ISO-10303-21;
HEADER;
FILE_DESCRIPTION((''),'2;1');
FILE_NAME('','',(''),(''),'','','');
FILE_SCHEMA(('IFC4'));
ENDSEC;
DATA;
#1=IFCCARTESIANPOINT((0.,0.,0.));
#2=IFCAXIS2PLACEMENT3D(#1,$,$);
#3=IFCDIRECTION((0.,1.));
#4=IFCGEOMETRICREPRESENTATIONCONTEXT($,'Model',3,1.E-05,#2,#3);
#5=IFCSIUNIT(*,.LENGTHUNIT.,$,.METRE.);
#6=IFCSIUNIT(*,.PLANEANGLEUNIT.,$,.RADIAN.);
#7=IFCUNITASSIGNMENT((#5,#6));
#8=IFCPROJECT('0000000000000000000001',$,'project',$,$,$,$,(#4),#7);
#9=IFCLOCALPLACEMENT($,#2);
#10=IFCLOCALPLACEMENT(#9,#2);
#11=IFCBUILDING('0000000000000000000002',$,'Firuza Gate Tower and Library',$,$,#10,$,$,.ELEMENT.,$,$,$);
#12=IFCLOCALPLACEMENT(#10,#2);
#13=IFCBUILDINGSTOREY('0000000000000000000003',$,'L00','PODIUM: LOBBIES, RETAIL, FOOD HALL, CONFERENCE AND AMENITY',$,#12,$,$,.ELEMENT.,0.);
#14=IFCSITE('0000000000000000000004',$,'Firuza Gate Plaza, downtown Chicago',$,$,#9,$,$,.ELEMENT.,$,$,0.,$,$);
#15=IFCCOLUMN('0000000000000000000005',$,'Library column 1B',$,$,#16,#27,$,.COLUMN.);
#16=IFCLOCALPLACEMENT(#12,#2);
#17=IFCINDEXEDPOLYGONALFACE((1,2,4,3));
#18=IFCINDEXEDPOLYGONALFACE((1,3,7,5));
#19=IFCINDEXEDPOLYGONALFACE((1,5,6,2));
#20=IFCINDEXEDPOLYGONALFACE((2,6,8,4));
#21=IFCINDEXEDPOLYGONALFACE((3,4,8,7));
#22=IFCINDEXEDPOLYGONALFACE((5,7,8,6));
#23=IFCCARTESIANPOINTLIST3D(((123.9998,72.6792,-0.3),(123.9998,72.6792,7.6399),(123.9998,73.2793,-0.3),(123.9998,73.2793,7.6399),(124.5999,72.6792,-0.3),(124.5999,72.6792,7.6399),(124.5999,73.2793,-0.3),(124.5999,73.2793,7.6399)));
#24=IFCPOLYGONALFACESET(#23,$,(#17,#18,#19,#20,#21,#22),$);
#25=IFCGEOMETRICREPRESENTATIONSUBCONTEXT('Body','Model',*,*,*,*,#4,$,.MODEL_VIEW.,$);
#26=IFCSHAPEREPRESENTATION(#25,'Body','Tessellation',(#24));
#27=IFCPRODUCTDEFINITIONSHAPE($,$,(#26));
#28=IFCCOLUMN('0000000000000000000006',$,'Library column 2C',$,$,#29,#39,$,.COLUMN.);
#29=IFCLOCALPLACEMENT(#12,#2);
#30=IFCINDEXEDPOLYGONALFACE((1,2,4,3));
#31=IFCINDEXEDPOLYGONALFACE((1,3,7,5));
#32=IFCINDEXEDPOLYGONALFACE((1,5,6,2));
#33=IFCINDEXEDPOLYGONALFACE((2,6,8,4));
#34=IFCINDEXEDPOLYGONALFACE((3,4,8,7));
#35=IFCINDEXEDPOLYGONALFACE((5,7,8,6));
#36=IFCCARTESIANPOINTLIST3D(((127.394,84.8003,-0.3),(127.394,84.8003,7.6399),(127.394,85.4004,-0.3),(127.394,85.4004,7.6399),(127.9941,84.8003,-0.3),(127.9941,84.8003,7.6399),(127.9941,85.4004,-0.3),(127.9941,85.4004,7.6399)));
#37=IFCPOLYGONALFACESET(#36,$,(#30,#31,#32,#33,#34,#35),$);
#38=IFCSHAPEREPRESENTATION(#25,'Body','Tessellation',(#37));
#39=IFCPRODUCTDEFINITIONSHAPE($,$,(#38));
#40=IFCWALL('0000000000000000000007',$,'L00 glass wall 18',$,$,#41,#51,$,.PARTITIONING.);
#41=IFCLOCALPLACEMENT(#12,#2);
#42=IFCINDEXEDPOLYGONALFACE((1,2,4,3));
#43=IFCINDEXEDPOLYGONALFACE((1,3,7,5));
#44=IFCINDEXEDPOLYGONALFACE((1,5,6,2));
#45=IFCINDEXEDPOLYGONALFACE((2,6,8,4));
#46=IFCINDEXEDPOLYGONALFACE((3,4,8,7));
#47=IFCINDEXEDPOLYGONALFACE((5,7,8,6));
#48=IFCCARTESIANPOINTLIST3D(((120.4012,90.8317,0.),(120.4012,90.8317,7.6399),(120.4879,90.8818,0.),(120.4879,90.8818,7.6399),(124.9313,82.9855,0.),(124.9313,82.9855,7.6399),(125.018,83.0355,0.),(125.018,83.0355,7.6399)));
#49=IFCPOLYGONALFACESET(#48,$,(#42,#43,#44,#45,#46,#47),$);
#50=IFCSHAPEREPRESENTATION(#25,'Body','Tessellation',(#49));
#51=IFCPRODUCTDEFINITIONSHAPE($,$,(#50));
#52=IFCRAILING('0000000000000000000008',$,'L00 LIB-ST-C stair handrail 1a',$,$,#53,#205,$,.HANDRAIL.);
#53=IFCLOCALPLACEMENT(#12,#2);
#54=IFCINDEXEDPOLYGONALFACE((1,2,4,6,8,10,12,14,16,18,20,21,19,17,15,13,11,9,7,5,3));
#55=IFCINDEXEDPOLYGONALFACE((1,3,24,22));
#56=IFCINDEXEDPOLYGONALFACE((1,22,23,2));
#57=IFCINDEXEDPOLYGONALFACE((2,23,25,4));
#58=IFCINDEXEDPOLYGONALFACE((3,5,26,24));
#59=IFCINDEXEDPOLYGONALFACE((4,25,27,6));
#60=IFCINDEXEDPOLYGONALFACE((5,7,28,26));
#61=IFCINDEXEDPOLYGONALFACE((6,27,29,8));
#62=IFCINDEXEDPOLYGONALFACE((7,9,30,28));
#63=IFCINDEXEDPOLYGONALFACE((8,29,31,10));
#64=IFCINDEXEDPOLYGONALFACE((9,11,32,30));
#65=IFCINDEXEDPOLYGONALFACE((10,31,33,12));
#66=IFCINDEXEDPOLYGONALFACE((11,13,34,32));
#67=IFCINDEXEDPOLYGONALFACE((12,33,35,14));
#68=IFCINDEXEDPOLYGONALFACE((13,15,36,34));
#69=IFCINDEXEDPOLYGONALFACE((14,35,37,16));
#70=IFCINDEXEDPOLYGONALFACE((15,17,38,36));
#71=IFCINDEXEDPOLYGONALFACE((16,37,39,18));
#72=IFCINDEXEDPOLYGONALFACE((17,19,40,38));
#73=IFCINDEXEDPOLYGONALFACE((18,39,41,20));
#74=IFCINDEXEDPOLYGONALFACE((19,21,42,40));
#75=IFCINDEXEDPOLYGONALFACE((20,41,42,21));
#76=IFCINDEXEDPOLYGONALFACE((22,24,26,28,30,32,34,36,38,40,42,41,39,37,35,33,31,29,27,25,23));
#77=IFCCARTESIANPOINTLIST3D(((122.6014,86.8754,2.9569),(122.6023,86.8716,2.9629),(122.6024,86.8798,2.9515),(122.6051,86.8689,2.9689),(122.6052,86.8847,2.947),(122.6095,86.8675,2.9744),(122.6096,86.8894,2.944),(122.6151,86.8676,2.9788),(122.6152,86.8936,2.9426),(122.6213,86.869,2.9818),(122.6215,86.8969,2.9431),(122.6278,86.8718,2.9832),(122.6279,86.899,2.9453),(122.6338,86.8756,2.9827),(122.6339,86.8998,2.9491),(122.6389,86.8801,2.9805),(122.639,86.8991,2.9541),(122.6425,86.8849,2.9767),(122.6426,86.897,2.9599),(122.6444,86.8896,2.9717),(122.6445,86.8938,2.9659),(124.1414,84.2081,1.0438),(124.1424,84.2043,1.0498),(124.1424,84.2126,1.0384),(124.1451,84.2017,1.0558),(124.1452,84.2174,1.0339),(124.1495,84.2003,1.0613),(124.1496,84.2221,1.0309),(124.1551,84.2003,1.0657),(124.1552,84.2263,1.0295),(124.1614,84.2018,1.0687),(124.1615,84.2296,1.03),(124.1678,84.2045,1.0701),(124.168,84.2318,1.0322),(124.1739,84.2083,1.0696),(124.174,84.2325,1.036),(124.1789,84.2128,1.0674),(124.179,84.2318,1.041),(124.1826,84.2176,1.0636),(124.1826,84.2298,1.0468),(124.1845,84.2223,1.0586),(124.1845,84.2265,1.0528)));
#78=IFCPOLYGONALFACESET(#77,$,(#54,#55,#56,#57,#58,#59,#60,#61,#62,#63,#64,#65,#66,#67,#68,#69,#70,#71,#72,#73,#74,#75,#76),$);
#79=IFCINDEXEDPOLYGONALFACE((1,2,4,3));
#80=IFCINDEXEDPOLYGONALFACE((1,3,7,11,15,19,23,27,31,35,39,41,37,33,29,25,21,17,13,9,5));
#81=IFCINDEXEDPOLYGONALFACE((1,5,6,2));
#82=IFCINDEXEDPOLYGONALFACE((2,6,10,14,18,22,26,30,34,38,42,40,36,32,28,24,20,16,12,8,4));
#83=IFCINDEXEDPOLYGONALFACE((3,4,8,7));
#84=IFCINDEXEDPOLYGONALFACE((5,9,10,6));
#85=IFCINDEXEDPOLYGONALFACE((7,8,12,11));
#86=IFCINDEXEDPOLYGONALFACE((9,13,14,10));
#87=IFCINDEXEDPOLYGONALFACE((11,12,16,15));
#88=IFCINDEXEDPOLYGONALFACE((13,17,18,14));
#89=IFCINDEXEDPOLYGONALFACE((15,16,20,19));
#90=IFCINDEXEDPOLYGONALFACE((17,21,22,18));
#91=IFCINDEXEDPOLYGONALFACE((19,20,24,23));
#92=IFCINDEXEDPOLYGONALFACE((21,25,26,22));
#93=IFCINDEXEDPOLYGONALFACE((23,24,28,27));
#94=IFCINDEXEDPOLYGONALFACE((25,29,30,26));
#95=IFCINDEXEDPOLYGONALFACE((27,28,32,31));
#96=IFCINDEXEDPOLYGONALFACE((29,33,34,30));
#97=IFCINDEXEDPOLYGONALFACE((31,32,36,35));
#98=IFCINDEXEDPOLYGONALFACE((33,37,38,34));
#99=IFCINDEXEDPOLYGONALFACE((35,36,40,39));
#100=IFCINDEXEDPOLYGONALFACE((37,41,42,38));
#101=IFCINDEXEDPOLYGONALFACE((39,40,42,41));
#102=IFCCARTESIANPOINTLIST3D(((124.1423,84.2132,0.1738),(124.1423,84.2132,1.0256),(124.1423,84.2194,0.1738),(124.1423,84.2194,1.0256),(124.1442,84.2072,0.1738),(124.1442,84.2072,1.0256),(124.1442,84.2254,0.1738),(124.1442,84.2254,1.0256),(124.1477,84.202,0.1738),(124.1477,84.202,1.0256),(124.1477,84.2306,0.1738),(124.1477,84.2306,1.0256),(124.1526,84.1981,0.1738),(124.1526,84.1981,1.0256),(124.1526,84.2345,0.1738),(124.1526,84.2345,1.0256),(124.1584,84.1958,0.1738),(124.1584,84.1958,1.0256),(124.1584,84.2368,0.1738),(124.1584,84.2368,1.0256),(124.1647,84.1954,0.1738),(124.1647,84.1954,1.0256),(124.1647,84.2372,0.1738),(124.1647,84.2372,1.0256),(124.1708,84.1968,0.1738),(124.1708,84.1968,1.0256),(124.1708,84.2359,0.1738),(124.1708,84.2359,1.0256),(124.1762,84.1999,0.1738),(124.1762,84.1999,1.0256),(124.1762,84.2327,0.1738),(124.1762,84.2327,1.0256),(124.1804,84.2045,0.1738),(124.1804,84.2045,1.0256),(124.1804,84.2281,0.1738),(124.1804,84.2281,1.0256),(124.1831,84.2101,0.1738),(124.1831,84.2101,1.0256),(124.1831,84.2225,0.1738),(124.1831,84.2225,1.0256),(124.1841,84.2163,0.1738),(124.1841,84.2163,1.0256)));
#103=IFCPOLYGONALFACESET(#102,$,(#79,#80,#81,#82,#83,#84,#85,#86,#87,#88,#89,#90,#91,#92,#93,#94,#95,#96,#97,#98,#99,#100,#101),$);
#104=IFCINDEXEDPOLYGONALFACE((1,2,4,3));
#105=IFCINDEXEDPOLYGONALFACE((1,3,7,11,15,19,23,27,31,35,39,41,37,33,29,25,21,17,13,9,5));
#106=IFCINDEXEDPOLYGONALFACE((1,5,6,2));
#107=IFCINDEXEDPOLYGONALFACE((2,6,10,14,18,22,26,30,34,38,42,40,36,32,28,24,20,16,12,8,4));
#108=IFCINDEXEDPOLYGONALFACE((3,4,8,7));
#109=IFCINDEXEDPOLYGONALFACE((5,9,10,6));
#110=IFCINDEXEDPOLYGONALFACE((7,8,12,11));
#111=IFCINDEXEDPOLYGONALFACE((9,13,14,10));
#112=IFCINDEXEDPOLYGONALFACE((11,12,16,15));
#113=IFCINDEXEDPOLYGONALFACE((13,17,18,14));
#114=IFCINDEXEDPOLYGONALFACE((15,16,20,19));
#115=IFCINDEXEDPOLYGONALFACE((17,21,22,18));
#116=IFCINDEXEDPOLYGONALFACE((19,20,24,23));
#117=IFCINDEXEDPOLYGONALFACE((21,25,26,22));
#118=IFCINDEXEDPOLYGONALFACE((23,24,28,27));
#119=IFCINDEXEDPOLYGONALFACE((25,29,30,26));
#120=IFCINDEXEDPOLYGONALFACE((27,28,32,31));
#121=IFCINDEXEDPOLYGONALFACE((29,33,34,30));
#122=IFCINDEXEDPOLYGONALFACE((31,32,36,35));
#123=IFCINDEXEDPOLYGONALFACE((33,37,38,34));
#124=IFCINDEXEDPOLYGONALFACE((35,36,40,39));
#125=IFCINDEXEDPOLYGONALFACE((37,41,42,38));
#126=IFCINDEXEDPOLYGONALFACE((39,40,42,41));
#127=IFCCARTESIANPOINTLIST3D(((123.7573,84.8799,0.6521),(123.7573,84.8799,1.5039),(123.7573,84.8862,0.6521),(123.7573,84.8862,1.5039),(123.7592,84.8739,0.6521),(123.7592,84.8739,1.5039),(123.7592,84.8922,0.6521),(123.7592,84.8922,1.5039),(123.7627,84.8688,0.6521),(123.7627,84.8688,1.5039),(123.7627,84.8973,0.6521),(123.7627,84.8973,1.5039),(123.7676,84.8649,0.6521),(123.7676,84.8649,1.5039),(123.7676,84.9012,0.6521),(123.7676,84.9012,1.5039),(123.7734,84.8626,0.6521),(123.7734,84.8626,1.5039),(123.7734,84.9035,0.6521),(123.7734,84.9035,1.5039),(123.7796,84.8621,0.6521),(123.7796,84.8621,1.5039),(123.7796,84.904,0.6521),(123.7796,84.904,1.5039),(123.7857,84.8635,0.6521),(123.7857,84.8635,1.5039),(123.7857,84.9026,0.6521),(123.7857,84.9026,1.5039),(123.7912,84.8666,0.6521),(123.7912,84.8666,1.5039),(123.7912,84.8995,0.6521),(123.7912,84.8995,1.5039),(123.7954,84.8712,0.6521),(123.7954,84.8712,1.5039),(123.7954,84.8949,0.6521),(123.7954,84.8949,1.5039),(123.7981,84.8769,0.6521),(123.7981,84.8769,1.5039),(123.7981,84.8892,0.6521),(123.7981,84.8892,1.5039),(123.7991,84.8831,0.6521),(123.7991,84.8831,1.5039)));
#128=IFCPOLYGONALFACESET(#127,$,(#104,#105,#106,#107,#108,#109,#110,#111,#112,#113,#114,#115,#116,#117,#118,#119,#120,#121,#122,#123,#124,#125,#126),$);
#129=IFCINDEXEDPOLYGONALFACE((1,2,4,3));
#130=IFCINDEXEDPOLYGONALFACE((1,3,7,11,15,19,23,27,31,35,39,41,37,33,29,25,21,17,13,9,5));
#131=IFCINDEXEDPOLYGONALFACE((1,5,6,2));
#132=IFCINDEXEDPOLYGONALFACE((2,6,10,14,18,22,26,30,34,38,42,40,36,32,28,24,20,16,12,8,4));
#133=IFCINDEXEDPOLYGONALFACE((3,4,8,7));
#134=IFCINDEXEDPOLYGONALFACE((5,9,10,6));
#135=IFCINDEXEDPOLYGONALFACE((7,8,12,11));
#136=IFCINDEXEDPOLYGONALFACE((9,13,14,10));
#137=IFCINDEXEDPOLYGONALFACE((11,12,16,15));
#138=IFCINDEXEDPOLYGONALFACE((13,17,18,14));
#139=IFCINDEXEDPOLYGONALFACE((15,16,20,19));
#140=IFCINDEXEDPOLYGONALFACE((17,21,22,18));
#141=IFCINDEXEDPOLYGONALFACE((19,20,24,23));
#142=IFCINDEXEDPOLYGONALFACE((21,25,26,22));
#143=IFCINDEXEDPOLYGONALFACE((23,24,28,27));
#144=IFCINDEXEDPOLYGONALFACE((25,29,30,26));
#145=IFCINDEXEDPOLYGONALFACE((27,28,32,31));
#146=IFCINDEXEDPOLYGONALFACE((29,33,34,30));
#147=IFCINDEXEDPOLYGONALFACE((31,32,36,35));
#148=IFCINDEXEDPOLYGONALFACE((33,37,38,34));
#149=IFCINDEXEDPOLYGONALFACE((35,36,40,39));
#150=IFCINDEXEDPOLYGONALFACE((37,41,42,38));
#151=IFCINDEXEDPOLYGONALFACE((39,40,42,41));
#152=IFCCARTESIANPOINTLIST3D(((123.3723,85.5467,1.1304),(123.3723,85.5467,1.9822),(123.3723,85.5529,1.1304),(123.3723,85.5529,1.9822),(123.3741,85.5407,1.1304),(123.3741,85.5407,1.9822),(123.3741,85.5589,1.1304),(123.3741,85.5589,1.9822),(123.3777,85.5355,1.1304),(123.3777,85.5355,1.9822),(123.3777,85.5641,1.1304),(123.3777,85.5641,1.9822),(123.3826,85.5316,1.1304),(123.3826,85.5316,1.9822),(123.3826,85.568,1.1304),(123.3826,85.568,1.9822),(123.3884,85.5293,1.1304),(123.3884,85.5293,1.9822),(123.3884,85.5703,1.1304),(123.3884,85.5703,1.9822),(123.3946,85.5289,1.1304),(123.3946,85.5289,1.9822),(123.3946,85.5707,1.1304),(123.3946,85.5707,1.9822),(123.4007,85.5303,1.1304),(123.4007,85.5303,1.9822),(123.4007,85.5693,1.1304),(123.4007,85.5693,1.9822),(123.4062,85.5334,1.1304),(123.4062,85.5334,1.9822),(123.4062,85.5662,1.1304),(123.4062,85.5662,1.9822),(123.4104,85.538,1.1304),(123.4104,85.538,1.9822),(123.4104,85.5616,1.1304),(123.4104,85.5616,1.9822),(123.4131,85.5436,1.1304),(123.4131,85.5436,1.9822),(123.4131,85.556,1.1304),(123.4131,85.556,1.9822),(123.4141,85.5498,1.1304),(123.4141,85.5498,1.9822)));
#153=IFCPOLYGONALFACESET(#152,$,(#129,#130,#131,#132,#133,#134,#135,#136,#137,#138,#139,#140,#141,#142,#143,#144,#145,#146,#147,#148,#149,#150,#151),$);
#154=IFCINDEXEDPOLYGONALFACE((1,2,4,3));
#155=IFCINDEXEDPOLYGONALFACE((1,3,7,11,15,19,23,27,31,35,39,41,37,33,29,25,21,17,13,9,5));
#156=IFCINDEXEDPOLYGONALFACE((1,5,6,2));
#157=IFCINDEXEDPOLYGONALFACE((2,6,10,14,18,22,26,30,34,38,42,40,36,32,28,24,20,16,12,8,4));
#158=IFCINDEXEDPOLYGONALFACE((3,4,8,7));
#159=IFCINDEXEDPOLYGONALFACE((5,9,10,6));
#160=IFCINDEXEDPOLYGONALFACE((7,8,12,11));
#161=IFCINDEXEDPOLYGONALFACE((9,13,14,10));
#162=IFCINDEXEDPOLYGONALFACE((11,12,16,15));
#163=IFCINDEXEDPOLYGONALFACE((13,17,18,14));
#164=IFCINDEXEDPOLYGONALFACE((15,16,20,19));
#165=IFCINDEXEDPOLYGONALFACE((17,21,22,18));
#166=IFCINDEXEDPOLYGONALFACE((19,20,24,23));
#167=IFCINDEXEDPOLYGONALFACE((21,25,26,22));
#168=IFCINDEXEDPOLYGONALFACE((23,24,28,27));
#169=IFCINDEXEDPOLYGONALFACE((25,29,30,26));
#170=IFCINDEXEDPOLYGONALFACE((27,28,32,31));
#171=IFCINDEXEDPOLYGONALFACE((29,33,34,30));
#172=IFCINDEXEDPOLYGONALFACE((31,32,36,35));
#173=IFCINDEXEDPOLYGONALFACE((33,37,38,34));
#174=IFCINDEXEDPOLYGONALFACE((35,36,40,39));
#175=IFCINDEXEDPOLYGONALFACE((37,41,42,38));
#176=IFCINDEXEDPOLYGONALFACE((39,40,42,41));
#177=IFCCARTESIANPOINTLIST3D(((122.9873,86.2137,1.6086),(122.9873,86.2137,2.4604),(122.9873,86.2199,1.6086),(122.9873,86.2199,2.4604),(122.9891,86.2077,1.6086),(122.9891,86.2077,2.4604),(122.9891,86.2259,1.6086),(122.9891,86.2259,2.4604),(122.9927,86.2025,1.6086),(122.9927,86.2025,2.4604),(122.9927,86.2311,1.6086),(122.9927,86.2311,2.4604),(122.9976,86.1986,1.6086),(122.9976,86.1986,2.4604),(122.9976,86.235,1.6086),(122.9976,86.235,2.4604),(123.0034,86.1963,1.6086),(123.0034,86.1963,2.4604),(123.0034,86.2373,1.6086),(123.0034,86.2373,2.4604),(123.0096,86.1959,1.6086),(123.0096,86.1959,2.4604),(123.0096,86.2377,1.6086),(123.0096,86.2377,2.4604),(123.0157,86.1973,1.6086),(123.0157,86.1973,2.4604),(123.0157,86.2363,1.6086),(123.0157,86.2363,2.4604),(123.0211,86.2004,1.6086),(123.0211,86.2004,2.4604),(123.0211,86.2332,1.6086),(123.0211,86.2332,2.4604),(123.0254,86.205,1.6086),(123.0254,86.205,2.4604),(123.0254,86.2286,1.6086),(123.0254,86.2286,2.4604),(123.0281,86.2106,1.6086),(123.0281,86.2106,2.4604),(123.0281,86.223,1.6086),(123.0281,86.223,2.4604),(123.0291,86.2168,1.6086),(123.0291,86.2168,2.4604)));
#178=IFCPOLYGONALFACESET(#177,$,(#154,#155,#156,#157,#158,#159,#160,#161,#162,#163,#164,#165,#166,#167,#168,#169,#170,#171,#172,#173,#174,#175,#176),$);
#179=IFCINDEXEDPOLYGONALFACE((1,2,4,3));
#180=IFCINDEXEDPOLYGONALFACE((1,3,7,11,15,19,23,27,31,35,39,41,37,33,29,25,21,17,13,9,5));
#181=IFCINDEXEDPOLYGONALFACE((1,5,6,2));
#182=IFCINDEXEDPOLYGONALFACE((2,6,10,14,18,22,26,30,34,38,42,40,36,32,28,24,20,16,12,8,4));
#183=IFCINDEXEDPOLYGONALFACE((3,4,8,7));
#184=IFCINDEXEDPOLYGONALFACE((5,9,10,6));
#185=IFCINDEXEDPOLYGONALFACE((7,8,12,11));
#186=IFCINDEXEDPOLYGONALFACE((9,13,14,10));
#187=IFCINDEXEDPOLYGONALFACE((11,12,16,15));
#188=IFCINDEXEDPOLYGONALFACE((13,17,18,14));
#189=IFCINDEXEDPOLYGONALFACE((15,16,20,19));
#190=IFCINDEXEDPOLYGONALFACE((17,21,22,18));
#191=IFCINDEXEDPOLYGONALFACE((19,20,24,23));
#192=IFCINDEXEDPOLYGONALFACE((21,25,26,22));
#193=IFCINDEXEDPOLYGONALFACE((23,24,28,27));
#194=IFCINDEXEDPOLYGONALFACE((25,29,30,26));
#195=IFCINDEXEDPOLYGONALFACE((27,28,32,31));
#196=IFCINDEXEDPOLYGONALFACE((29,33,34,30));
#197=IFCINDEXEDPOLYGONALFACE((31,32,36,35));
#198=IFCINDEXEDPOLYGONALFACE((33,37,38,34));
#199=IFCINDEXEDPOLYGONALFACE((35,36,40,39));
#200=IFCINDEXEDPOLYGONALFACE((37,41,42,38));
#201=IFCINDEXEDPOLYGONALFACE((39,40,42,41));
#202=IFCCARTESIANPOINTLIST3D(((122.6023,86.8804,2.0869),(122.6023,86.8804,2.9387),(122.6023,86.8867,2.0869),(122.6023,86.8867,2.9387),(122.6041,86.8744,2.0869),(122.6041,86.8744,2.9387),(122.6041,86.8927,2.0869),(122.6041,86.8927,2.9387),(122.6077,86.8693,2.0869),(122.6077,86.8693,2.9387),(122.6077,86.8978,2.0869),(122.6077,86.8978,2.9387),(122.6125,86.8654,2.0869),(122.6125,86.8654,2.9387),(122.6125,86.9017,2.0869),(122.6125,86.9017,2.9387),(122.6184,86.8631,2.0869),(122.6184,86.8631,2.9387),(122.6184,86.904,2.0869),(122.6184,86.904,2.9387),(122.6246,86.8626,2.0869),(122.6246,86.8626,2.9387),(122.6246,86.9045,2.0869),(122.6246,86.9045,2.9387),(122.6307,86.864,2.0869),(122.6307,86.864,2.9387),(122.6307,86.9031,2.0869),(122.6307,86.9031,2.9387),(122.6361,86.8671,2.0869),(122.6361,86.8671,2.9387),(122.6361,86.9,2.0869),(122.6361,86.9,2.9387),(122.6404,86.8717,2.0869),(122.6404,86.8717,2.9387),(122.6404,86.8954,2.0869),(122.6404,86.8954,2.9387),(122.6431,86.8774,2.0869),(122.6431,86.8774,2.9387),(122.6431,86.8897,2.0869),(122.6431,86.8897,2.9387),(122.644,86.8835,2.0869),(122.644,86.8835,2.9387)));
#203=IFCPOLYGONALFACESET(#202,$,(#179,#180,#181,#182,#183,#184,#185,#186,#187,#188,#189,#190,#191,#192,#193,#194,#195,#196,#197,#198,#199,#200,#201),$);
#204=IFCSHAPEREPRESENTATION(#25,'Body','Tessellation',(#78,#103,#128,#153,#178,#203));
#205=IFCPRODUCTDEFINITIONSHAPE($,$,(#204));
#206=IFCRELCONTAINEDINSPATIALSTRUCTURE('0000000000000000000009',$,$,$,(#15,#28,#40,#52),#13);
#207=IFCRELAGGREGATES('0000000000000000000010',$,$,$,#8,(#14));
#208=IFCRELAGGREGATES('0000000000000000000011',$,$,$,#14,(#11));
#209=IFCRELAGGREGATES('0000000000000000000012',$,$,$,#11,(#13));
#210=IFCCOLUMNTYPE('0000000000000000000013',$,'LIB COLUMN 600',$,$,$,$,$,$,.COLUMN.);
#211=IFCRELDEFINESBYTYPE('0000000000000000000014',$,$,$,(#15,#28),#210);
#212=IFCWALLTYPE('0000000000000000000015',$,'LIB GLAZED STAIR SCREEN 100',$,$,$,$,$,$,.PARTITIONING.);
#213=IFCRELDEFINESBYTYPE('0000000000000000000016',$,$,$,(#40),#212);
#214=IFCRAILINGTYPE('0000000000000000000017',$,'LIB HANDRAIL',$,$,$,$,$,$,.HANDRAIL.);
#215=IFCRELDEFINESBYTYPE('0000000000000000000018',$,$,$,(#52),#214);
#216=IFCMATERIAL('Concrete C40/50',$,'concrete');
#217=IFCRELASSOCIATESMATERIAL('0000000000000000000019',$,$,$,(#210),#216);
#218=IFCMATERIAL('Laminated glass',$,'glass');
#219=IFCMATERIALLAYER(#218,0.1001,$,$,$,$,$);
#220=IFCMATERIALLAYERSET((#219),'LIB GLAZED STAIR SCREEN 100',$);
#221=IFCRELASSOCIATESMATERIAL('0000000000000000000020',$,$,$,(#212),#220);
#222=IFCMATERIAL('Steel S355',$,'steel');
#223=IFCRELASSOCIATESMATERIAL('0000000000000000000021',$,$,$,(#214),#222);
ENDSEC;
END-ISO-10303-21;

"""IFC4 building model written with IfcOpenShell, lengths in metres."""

from ifc_helpers import new_model, si_unit, direction, frame, frame_2d, origin, origin_2d, place, context, subcontext, project, spatial, rectangle, circle, extrude, material, layer, layer_set, material_profile, profile_set, type_object, element, save


model = new_model("IFC4")

# Units and contexts
model_context = context("Model", 3, precision=1e-05, world=origin(), true_north=direction((0.0, 1.0)))
body_context = subcontext(model_context, "Body", "Model", "MODEL_VIEW")
ifc_project = project(units=[si_unit("LENGTHUNIT", "METRE"), si_unit("PLANEANGLEUNIT", "RADIAN")], contexts=[model_context])

# Site, building, storey
site_placement = place(None, origin())
site = spatial("IfcSite", under=ifc_project, at=site_placement, Name="Firuza Gate Plaza, downtown Chicago", CompositionType="ELEMENT", RefElevation=0.0)
building_placement = place(site_placement, origin())
building = spatial("IfcBuilding", under=site, at=building_placement, Name="Firuza Gate Tower and Library", CompositionType="ELEMENT")
storey_placement = place(building_placement, origin())
storey = spatial("IfcBuildingStorey", under=building, at=storey_placement, Name="L00", Description="PODIUM: LOBBIES, RETAIL, FOOD HALL, CONFERENCE AND AMENITY", CompositionType="ELEMENT", Elevation=0.0)

# Columns
ifc_material_1 = material(Name="Concrete C40/50", Category="concrete")
ifc_material_profile = material_profile(ifc_material_1, rectangle(XDim=0.6001, YDim=0.6001, at=origin_2d()))
ifc_profile_set = profile_set([ifc_material_profile], Name="Concrete C40/50")
column_type = type_object("IfcColumnType", Name="LIB COLUMN 600", PredefinedType="COLUMN", material=ifc_profile_set)
for number, where, z_axis, x_axis, name in (
    (1, (124.2998, 72.9792, -0.3), (0.0, 0.0, 1.0), (1.0, 0.0, 0.0), "Library column 1B"),
    (2, (127.6941, 85.1003, -0.3), (0.0, 0.0, 1.0), (1.0, 0.0, 0.0), "Library column 2C"),
):
    element("IfcColumn", number, at=place(storey_placement, frame(where, z_axis=z_axis, x_axis=x_axis)), inside=storey, type_object=column_type, Name=name, PredefinedType="COLUMN", context=body_context, shape_type="SweptSolid", body=[
        extrude(rectangle(XDim=0.6001, YDim=0.6001, at=origin_2d()), origin(), (0.0, 0.0, 1.0), 7.9399),
    ])

# Wall
ifc_material_2 = material(Name="Laminated glass", Category="glass")
ifc_layer_1 = layer(ifc_material_2, 0.1001)
ifc_layer_set_1 = layer_set([ifc_layer_1], Name="LIB GLAZED STAIR SCREEN 100")
wall_type = type_object("IfcWallType", Name="LIB GLAZED STAIR SCREEN 100", PredefinedType="PARTITIONING", material=ifc_layer_set_1)
wall_placement = place(storey_placement, frame((124.9746, 83.0105, 0.0), z_axis=(0.0, 0.0, 1.0), x_axis=(-0.500002, 0.866024, 0.0)))
element("IfcWall", 3, at=wall_placement, inside=storey, type_object=wall_type, Name="L00 glass wall 18", PredefinedType="PARTITIONING", context=body_context, shape_type="SweptSolid", body=[
    extrude(rectangle(XDim=9.0601, YDim=0.1001, at=frame_2d((4.53, 0.0))), origin(), (0.0, 0.0, 1.0), 7.6399),
])

# Railing
ifc_material_3 = material(Name="Steel S355", Category="steel")
railing_type = type_object("IfcRailingType", Name="LIB HANDRAIL", PredefinedType="HANDRAIL", material=ifc_material_3)
railing_placement = place(storey_placement, frame((124.1631, 84.2163, 0.1738)))
element("IfcRailing", 4, at=railing_placement, inside=storey, type_object=railing_type, Name="L00 LIB-ST-C stair handrail 1a", PredefinedType="HANDRAIL", context=body_context, shape_type="SweptSolid", body=[
    extrude(circle(Radius=0.0239, at=origin_2d()), frame((0.0, 0.0, 0.876), z_axis=(-0.424755, 0.735645, 0.527645), x_axis=(-0.86601, -0.500027, 0.0)), (0.0, 0.0, 1.0), 3.6257),
    extrude(circle(Radius=0.021, at=origin_2d()), origin(), (0.0, 0.0, 1.0), 0.8518),
    extrude(circle(Radius=0.021, at=origin_2d()), frame((-0.385, 0.6667, 0.4783)), (0.0, 0.0, 1.0), 0.8518),
    extrude(circle(Radius=0.021, at=origin_2d()), frame((-0.77, 1.3335, 0.9565)), (0.0, 0.0, 1.0), 0.8518),
    extrude(circle(Radius=0.021, at=origin_2d()), frame((-1.155, 2.0005, 1.4348)), (0.0, 0.0, 1.0), 0.8518),
    extrude(circle(Radius=0.021, at=origin_2d()), frame((-1.54, 2.6672, 1.9131)), (0.0, 0.0, 1.0), 0.8518),
])

save(model, "model.ifc")
